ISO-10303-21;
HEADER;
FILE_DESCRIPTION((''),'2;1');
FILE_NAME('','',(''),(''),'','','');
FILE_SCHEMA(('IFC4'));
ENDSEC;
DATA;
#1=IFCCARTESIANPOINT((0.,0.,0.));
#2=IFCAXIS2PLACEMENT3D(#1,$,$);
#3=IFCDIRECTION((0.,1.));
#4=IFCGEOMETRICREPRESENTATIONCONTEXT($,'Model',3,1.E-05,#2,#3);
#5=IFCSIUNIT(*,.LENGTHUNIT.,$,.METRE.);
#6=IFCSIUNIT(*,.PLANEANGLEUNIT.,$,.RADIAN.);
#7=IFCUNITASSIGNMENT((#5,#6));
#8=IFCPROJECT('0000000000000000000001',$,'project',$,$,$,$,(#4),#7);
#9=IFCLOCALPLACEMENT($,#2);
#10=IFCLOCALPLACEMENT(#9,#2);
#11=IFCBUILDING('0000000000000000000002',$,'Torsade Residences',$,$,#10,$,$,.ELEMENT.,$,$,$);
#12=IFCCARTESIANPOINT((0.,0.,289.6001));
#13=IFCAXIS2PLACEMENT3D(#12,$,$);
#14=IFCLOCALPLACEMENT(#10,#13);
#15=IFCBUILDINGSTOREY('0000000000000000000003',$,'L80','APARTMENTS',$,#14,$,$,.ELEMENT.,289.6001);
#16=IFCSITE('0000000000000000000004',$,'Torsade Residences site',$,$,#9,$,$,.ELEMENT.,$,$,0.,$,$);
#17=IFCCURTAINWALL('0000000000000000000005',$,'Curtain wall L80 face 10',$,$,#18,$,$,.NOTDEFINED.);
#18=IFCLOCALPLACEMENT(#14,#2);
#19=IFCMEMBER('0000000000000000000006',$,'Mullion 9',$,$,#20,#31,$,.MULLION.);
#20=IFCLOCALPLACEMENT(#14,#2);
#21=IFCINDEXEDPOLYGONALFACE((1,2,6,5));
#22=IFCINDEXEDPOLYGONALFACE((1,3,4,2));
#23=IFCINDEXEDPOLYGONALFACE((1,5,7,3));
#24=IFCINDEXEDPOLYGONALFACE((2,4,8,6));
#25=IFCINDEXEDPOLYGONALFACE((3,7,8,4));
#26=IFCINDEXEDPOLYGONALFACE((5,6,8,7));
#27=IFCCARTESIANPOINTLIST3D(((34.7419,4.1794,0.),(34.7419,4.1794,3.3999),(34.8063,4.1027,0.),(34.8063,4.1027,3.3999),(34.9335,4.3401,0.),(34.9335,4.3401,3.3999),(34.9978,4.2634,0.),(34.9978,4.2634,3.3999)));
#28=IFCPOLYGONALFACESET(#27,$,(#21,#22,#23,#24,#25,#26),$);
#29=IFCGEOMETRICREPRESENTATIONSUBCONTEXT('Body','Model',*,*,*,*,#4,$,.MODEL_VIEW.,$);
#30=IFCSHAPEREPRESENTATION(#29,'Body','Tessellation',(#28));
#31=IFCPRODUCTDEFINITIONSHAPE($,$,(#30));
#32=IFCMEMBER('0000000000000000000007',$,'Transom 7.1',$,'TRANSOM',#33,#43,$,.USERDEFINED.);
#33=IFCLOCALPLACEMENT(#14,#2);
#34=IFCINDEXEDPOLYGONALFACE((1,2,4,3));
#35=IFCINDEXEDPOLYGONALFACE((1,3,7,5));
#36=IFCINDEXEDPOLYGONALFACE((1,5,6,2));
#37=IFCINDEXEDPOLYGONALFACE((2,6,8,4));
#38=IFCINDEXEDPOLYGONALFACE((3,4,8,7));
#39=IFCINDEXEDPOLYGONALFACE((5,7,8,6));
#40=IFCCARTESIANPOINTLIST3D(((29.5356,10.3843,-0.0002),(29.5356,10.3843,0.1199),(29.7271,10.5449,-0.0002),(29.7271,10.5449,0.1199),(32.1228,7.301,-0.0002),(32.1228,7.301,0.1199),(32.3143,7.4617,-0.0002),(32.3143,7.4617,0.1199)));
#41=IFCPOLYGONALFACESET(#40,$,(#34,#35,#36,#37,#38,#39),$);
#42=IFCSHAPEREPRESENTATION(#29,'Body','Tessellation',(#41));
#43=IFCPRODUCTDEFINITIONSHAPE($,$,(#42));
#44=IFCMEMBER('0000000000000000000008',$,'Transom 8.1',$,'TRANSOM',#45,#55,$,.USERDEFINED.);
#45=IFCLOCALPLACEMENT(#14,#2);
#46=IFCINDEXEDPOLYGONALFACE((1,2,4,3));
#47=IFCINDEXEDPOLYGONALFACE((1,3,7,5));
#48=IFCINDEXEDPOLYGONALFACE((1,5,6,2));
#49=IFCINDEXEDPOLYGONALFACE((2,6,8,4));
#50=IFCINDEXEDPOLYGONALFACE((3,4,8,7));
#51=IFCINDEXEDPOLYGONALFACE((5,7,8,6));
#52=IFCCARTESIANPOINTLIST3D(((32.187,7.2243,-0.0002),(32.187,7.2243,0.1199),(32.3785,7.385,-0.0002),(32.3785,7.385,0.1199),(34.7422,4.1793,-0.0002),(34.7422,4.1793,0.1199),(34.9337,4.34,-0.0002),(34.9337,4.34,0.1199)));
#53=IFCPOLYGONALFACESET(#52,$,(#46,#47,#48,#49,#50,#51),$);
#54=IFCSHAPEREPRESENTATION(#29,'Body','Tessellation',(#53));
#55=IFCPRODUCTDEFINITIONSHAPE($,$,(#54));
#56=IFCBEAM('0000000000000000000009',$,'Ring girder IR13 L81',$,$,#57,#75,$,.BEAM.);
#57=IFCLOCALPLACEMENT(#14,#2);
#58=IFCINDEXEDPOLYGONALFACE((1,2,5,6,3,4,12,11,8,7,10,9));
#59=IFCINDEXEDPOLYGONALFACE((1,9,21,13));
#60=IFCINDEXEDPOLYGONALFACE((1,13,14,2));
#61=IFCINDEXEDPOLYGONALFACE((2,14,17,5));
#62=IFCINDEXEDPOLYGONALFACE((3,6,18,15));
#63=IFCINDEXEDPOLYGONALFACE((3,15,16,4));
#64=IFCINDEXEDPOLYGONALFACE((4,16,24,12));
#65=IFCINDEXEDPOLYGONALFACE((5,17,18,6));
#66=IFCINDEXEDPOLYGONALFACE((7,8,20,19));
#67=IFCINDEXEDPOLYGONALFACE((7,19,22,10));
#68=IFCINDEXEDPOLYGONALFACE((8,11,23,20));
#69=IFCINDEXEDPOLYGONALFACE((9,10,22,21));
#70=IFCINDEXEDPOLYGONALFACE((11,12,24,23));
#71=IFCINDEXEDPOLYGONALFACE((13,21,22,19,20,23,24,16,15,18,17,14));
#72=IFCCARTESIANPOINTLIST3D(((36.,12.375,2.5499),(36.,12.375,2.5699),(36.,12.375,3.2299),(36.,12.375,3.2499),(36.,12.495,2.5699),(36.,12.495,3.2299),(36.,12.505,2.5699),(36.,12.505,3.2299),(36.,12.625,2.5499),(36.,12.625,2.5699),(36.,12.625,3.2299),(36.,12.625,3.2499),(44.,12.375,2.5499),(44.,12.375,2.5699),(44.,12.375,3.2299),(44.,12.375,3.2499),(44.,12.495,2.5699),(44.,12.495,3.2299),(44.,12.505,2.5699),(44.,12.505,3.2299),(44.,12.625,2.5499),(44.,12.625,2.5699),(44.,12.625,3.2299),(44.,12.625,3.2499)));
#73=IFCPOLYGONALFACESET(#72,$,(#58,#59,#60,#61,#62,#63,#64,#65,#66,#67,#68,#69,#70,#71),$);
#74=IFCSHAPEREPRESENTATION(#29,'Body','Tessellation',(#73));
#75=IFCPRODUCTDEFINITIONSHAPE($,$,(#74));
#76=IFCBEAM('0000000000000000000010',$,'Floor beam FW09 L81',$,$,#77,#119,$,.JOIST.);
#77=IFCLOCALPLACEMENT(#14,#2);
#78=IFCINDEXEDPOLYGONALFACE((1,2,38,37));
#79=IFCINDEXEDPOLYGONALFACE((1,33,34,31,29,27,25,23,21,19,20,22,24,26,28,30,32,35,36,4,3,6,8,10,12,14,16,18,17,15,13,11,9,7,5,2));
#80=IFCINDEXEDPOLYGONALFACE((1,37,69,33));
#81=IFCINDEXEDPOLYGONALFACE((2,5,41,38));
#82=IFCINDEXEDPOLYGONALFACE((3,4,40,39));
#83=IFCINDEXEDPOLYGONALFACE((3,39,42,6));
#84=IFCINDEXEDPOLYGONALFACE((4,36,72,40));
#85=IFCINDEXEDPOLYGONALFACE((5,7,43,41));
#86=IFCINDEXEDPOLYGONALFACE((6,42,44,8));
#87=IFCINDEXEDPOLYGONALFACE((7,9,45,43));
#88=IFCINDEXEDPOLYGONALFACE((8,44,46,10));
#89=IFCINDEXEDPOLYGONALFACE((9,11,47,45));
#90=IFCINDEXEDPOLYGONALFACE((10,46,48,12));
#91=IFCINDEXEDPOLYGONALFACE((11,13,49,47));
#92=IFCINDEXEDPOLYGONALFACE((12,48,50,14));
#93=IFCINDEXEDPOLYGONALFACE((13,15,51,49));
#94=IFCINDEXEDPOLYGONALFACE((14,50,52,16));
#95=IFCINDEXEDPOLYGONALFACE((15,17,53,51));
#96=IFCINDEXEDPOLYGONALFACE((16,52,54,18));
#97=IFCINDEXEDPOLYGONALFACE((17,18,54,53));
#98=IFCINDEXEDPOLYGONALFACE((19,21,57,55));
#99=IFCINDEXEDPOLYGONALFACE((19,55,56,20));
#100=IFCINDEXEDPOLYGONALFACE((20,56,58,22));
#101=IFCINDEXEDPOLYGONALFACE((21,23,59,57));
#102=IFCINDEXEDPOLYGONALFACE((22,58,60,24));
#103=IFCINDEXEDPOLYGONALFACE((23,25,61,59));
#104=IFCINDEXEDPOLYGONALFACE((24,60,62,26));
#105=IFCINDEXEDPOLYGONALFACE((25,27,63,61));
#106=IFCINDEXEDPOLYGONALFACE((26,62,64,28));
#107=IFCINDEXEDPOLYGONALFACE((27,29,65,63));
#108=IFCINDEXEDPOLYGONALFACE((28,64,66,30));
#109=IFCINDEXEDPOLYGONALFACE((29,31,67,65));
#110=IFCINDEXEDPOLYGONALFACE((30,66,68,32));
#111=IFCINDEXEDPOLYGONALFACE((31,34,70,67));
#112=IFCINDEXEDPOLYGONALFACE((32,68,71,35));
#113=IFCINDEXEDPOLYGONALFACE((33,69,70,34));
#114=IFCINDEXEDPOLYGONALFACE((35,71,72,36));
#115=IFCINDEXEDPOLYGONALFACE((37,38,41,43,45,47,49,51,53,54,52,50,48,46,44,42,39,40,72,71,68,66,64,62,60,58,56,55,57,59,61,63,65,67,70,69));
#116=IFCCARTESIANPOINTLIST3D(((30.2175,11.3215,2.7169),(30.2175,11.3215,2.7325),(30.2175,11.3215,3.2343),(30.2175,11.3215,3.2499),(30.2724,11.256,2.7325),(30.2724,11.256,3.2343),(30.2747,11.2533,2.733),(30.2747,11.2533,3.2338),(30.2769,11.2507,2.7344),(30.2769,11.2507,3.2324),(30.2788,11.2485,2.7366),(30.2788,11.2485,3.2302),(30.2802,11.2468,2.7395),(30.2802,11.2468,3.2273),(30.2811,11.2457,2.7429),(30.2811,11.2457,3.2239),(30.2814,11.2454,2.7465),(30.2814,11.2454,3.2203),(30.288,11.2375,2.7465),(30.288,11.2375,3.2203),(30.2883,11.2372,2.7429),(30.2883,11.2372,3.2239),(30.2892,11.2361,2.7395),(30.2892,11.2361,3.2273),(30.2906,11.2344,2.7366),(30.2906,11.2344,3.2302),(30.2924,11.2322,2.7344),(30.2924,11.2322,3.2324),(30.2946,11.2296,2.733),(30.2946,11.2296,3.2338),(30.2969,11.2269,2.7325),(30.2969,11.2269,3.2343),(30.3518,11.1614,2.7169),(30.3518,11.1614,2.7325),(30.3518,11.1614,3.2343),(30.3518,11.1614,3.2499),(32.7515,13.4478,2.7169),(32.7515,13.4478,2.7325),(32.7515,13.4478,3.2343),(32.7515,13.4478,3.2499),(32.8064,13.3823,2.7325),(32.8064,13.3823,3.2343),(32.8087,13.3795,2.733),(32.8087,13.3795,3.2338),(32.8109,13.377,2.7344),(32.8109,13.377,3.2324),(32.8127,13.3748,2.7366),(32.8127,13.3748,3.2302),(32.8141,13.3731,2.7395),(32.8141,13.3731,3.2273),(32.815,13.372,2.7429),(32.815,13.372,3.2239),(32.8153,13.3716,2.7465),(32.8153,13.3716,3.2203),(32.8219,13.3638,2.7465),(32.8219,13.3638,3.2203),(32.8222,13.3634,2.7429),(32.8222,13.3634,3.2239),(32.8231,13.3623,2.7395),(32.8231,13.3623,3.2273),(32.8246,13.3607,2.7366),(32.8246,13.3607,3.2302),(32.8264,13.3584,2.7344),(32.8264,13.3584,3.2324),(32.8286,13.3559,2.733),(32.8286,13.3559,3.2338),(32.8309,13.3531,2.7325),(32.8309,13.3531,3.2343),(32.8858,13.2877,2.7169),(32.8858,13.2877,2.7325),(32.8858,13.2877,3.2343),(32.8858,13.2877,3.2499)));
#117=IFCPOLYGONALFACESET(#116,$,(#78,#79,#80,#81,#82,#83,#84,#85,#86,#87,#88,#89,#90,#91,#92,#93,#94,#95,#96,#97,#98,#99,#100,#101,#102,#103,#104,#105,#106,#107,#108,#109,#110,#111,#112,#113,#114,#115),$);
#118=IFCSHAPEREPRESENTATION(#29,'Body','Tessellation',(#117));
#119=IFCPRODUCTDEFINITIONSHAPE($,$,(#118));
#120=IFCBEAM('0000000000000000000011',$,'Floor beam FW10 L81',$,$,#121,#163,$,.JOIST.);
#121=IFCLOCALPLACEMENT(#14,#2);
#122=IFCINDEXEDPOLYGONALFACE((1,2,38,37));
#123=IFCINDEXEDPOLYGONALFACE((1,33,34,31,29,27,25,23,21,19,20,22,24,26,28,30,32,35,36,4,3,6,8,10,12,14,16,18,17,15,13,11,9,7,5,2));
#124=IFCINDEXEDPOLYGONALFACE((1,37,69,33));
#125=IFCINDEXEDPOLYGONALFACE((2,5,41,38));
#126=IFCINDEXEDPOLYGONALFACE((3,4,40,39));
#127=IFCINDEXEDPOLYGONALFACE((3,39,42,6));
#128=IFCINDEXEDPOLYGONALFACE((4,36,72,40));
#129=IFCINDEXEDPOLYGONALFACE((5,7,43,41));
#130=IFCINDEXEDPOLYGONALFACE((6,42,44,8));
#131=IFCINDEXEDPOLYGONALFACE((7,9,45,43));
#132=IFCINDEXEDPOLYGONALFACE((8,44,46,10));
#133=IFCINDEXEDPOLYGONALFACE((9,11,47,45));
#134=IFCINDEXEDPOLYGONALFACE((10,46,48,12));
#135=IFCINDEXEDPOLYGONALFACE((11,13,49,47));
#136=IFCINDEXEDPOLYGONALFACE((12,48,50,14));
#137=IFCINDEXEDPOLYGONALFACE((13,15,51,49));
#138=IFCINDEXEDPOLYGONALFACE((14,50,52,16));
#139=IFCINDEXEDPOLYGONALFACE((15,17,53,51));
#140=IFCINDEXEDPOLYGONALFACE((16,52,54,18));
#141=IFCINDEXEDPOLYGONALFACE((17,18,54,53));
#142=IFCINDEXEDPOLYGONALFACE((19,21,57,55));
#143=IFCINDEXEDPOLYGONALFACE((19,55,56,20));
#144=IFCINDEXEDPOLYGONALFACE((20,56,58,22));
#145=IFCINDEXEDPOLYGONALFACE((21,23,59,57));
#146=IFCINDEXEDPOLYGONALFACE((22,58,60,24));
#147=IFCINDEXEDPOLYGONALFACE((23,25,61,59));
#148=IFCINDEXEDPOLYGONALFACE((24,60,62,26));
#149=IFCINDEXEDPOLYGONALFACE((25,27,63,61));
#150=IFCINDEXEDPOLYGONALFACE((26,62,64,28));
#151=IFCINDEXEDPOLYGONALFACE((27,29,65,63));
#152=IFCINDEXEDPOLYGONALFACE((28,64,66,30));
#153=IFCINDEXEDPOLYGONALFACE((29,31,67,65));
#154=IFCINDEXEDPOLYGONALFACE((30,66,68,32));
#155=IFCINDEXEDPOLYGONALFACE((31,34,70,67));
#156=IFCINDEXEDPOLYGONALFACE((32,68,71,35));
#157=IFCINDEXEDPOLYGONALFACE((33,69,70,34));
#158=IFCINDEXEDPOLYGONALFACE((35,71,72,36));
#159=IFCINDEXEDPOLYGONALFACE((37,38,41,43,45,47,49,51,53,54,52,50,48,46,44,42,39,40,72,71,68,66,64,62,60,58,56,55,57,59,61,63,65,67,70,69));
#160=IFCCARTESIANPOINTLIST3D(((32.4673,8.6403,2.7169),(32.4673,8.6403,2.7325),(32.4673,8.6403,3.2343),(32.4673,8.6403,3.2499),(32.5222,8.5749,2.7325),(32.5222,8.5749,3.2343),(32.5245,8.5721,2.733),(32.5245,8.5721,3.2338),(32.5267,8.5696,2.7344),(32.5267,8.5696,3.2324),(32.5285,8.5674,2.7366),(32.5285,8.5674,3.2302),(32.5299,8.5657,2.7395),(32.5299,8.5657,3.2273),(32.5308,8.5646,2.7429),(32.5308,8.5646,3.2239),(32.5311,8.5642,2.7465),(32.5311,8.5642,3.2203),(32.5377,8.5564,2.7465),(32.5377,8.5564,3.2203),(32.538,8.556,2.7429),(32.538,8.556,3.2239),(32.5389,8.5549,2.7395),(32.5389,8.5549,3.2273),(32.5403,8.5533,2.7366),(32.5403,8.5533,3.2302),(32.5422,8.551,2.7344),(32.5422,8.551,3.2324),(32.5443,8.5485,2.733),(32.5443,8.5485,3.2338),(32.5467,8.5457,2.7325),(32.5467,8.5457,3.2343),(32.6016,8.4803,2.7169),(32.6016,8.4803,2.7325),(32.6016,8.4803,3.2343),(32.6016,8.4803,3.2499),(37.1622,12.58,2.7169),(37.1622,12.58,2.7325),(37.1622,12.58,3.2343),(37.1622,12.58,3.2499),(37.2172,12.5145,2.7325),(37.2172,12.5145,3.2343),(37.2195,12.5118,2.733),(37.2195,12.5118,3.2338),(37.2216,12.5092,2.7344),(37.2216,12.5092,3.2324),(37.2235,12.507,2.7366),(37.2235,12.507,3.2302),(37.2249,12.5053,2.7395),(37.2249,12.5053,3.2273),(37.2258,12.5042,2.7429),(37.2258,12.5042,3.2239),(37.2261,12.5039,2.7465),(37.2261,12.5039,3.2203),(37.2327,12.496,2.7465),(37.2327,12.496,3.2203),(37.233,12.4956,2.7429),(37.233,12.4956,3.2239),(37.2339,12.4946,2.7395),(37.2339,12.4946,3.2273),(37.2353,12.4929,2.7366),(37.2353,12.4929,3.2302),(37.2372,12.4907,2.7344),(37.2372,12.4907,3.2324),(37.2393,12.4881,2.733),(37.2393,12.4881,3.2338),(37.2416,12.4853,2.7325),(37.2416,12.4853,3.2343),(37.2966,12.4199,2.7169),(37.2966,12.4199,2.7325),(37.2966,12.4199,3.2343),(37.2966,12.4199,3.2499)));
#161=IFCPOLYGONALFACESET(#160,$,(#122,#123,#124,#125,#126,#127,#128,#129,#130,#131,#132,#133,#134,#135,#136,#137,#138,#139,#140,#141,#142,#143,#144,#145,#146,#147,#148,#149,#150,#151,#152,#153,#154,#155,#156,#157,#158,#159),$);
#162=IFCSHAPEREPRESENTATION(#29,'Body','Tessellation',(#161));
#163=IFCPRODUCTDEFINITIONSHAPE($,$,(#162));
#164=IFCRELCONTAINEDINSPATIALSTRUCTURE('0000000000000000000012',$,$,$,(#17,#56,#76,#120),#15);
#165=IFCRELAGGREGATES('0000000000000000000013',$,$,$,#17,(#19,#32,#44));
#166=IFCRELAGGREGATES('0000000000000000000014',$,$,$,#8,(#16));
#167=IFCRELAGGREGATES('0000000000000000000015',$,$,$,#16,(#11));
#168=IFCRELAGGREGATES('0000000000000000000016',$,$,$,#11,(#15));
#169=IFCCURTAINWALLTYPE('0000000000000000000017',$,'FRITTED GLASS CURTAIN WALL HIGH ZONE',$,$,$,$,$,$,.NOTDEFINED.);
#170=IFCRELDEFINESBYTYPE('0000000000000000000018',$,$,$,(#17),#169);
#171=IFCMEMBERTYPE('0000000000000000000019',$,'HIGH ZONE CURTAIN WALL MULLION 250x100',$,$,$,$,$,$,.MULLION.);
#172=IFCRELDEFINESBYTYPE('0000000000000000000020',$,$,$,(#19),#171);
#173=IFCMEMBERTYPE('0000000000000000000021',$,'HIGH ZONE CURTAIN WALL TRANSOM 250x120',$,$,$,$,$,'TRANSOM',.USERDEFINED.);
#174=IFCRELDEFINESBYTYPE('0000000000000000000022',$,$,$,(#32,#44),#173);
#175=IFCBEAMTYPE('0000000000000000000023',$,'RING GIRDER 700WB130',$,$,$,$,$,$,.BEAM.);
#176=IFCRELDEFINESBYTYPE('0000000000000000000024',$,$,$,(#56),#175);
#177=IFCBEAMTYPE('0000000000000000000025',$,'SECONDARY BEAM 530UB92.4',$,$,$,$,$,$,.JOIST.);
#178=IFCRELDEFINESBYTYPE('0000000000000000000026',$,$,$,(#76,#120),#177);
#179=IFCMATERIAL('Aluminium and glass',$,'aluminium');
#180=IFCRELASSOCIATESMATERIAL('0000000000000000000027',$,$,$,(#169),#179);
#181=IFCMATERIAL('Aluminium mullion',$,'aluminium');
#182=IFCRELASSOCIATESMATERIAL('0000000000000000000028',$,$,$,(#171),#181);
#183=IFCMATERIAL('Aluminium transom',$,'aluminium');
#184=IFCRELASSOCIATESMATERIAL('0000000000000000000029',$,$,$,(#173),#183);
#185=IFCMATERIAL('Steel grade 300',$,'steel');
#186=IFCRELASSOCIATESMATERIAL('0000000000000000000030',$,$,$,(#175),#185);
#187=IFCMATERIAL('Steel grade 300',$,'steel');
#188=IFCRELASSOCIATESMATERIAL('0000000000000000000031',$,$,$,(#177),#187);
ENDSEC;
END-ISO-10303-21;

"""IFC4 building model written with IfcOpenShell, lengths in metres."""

from ifc_helpers import new_model, si_unit, direction, frame, origin, origin_2d, place, context, subcontext, project, spatial, rectangle, i_section, extrude, material, material_profile, profile_set, type_object, element, aggregate, save


model = new_model("IFC4")

# Units and contexts
model_context = context("Model", 3, precision=1e-05, world=origin(), true_north=direction((0.0, 1.0)))
body_context = subcontext(model_context, "Body", "Model", "MODEL_VIEW")
ifc_project = project(units=[si_unit("LENGTHUNIT", "METRE"), si_unit("PLANEANGLEUNIT", "RADIAN")], contexts=[model_context])

# Site, building, storey
site_placement = place(None, origin())
site = spatial("IfcSite", under=ifc_project, at=site_placement, Name="Torsade Residences site", CompositionType="ELEMENT", RefElevation=0.0)
building_placement = place(site_placement, origin())
building = spatial("IfcBuilding", under=site, at=building_placement, Name="Torsade Residences", CompositionType="ELEMENT")
storey_placement = place(building_placement, frame((0.0, 0.0, 289.6001)))
storey = spatial("IfcBuildingStorey", under=building, at=storey_placement, Name="L80", Description="APARTMENTS", CompositionType="ELEMENT", Elevation=289.6001)

# Curtain wall, members
ifc_material_1 = material(Name="Aluminium and glass", Category="aluminium")
curtain_wall_type = type_object("IfcCurtainWallType", Name="FRITTED GLASS CURTAIN WALL HIGH ZONE", PredefinedType="NOTDEFINED", material=ifc_material_1)
curtain_wall_placement = place(storey_placement, origin())
curtain_wall = element("IfcCurtainWall", 1, at=curtain_wall_placement, inside=storey, type_object=curtain_wall_type, Name="Curtain wall L80 face 10", PredefinedType="NOTDEFINED")
ifc_material_2 = material(Name="Aluminium mullion", Category="aluminium")
ifc_material_profile_1 = material_profile(ifc_material_2, rectangle(XDim=0.25, YDim=0.1001, at=origin_2d()), Name="HIGH ZONE CURTAIN WALL MULLION 250x100")
ifc_profile_set_1 = profile_set([ifc_material_profile_1], Name="Aluminium mullion")
member_type_1 = type_object("IfcMemberType", Name="HIGH ZONE CURTAIN WALL MULLION 250x100", PredefinedType="MULLION", material=ifc_profile_set_1)
member_1_placement = place(storey_placement, frame((34.8699, 4.2214, 0.0), z_axis=(0.0, 0.0, 1.0), x_axis=(0.766044, 0.642788, 0.0)))
member_1 = element("IfcMember", 2, at=member_1_placement, type_object=member_type_1, Name="Mullion 9", PredefinedType="MULLION", context=body_context, shape_type="SweptSolid", body=[
    extrude(rectangle(XDim=0.25, YDim=0.1001, at=origin_2d()), origin(), (0.0, 0.0, 1.0), 3.3999),
])
ifc_material_3 = material(Name="Aluminium transom", Category="aluminium")
ifc_material_profile_2 = material_profile(ifc_material_3, rectangle(XDim=0.25, YDim=0.1201, at=origin_2d()), Name="HIGH ZONE CURTAIN WALL TRANSOM 250x120")
ifc_profile_set_2 = profile_set([ifc_material_profile_2], Name="Aluminium transom")
member_type_2 = type_object("IfcMemberType", Name="HIGH ZONE CURTAIN WALL TRANSOM 250x120", ElementType="TRANSOM", PredefinedType="USERDEFINED", material=ifc_profile_set_2)
member_2_placement = place(storey_placement, frame((29.6313, 10.4646, 0.0598), z_axis=(0.642788, -0.766044, 0.0), x_axis=(0.766044, 0.642788, 0.0)))
member_2 = element("IfcMember", 3, at=member_2_placement, type_object=member_type_2, Name="Transom 7.1", ObjectType="TRANSOM", PredefinedType="USERDEFINED", context=body_context, shape_type="SweptSolid", body=[
    extrude(rectangle(XDim=0.25, YDim=0.1201, at=origin_2d()), origin(), (0.0, 0.0, 1.0), 4.0249),
])
member_3_placement = place(storey_placement, frame((32.2827, 7.3047, 0.0598), z_axis=(0.642815, -0.766022, 0.0), x_axis=(0.766022, 0.642815, 0.0)))
member_3 = element("IfcMember", 4, at=member_3_placement, type_object=member_type_2, Name="Transom 8.1", ObjectType="TRANSOM", PredefinedType="USERDEFINED", context=body_context, shape_type="SweptSolid", body=[
    extrude(rectangle(XDim=0.25, YDim=0.1201, at=origin_2d()), origin(), (0.0, 0.0, 1.0), 3.9751),
])

# Beams
ifc_material_4 = material(Name="Steel grade 300", Category="steel")
ifc_material_profile_3 = material_profile(ifc_material_4, i_section(OverallWidth=0.25, OverallDepth=0.7, WebThickness=0.01, FlangeThickness=0.02, at=origin_2d()), Name="700WB130")
ifc_profile_set_3 = profile_set([ifc_material_profile_3], Name="Steel grade 300")
beam_type_1 = type_object("IfcBeamType", Name="RING GIRDER 700WB130", PredefinedType="BEAM", material=ifc_profile_set_3)
beam_1_placement = place(storey_placement, frame((36.0, 12.5, 2.8999), z_axis=(1.0, 0.0, 0.0), x_axis=(0.0, 1.0, 0.0)))
element("IfcBeam", 5, at=beam_1_placement, inside=storey, type_object=beam_type_1, Name="Ring girder IR13 L81", PredefinedType="BEAM", context=body_context, shape_type="SweptSolid", body=[
    extrude(i_section(OverallWidth=0.25, OverallDepth=0.7, WebThickness=0.01, FlangeThickness=0.02, at=origin_2d()), origin(), (0.0, 0.0, 1.0), 8.0),
])
ifc_material_5 = material(Name="Steel grade 300", Category="steel")
ifc_material_profile_4 = material_profile(ifc_material_5, i_section(OverallWidth=0.209, OverallDepth=0.533, WebThickness=0.0103, FlangeThickness=0.0156, FilletRadius=0.0139, at=origin_2d()), Name="530UB92.4")
ifc_profile_set_4 = profile_set([ifc_material_profile_4], Name="Steel grade 300")
beam_type_2 = type_object("IfcBeamType", Name="SECONDARY BEAM 530UB92.4", PredefinedType="JOIST", material=ifc_profile_set_4)
beam_2_placement = place(storey_placement, frame((30.2847, 11.2415, 2.9834), z_axis=(0.766045, 0.642787, 0.0), x_axis=(-0.642787, 0.766045, 0.0)))
element("IfcBeam", 6, at=beam_2_placement, inside=storey, type_object=beam_type_2, Name="Floor beam FW09 L81", PredefinedType="JOIST", context=body_context, shape_type="SweptSolid", body=[
    extrude(i_section(OverallWidth=0.209, OverallDepth=0.533, WebThickness=0.0103, FlangeThickness=0.0156, FilletRadius=0.0139, at=origin_2d()), origin(), (0.0, 0.0, 1.0), 3.3079),
])
beam_3_placement = place(storey_placement, frame((32.5344, 8.5603, 2.9834), z_axis=(0.766039, 0.642794, 0.0), x_axis=(-0.642794, 0.766039, 0.0)))
element("IfcBeam", 7, at=beam_3_placement, inside=storey, type_object=beam_type_2, Name="Floor beam FW10 L81", PredefinedType="JOIST", context=body_context, shape_type="SweptSolid", body=[
    extrude(i_section(OverallWidth=0.209, OverallDepth=0.533, WebThickness=0.0103, FlangeThickness=0.0156, FilletRadius=0.0139, at=origin_2d()), origin(), (0.0, 0.0, 1.0), 6.1289),
])

aggregate(curtain_wall, [member_1, member_2, member_3])

save(model, "model.ifc")
